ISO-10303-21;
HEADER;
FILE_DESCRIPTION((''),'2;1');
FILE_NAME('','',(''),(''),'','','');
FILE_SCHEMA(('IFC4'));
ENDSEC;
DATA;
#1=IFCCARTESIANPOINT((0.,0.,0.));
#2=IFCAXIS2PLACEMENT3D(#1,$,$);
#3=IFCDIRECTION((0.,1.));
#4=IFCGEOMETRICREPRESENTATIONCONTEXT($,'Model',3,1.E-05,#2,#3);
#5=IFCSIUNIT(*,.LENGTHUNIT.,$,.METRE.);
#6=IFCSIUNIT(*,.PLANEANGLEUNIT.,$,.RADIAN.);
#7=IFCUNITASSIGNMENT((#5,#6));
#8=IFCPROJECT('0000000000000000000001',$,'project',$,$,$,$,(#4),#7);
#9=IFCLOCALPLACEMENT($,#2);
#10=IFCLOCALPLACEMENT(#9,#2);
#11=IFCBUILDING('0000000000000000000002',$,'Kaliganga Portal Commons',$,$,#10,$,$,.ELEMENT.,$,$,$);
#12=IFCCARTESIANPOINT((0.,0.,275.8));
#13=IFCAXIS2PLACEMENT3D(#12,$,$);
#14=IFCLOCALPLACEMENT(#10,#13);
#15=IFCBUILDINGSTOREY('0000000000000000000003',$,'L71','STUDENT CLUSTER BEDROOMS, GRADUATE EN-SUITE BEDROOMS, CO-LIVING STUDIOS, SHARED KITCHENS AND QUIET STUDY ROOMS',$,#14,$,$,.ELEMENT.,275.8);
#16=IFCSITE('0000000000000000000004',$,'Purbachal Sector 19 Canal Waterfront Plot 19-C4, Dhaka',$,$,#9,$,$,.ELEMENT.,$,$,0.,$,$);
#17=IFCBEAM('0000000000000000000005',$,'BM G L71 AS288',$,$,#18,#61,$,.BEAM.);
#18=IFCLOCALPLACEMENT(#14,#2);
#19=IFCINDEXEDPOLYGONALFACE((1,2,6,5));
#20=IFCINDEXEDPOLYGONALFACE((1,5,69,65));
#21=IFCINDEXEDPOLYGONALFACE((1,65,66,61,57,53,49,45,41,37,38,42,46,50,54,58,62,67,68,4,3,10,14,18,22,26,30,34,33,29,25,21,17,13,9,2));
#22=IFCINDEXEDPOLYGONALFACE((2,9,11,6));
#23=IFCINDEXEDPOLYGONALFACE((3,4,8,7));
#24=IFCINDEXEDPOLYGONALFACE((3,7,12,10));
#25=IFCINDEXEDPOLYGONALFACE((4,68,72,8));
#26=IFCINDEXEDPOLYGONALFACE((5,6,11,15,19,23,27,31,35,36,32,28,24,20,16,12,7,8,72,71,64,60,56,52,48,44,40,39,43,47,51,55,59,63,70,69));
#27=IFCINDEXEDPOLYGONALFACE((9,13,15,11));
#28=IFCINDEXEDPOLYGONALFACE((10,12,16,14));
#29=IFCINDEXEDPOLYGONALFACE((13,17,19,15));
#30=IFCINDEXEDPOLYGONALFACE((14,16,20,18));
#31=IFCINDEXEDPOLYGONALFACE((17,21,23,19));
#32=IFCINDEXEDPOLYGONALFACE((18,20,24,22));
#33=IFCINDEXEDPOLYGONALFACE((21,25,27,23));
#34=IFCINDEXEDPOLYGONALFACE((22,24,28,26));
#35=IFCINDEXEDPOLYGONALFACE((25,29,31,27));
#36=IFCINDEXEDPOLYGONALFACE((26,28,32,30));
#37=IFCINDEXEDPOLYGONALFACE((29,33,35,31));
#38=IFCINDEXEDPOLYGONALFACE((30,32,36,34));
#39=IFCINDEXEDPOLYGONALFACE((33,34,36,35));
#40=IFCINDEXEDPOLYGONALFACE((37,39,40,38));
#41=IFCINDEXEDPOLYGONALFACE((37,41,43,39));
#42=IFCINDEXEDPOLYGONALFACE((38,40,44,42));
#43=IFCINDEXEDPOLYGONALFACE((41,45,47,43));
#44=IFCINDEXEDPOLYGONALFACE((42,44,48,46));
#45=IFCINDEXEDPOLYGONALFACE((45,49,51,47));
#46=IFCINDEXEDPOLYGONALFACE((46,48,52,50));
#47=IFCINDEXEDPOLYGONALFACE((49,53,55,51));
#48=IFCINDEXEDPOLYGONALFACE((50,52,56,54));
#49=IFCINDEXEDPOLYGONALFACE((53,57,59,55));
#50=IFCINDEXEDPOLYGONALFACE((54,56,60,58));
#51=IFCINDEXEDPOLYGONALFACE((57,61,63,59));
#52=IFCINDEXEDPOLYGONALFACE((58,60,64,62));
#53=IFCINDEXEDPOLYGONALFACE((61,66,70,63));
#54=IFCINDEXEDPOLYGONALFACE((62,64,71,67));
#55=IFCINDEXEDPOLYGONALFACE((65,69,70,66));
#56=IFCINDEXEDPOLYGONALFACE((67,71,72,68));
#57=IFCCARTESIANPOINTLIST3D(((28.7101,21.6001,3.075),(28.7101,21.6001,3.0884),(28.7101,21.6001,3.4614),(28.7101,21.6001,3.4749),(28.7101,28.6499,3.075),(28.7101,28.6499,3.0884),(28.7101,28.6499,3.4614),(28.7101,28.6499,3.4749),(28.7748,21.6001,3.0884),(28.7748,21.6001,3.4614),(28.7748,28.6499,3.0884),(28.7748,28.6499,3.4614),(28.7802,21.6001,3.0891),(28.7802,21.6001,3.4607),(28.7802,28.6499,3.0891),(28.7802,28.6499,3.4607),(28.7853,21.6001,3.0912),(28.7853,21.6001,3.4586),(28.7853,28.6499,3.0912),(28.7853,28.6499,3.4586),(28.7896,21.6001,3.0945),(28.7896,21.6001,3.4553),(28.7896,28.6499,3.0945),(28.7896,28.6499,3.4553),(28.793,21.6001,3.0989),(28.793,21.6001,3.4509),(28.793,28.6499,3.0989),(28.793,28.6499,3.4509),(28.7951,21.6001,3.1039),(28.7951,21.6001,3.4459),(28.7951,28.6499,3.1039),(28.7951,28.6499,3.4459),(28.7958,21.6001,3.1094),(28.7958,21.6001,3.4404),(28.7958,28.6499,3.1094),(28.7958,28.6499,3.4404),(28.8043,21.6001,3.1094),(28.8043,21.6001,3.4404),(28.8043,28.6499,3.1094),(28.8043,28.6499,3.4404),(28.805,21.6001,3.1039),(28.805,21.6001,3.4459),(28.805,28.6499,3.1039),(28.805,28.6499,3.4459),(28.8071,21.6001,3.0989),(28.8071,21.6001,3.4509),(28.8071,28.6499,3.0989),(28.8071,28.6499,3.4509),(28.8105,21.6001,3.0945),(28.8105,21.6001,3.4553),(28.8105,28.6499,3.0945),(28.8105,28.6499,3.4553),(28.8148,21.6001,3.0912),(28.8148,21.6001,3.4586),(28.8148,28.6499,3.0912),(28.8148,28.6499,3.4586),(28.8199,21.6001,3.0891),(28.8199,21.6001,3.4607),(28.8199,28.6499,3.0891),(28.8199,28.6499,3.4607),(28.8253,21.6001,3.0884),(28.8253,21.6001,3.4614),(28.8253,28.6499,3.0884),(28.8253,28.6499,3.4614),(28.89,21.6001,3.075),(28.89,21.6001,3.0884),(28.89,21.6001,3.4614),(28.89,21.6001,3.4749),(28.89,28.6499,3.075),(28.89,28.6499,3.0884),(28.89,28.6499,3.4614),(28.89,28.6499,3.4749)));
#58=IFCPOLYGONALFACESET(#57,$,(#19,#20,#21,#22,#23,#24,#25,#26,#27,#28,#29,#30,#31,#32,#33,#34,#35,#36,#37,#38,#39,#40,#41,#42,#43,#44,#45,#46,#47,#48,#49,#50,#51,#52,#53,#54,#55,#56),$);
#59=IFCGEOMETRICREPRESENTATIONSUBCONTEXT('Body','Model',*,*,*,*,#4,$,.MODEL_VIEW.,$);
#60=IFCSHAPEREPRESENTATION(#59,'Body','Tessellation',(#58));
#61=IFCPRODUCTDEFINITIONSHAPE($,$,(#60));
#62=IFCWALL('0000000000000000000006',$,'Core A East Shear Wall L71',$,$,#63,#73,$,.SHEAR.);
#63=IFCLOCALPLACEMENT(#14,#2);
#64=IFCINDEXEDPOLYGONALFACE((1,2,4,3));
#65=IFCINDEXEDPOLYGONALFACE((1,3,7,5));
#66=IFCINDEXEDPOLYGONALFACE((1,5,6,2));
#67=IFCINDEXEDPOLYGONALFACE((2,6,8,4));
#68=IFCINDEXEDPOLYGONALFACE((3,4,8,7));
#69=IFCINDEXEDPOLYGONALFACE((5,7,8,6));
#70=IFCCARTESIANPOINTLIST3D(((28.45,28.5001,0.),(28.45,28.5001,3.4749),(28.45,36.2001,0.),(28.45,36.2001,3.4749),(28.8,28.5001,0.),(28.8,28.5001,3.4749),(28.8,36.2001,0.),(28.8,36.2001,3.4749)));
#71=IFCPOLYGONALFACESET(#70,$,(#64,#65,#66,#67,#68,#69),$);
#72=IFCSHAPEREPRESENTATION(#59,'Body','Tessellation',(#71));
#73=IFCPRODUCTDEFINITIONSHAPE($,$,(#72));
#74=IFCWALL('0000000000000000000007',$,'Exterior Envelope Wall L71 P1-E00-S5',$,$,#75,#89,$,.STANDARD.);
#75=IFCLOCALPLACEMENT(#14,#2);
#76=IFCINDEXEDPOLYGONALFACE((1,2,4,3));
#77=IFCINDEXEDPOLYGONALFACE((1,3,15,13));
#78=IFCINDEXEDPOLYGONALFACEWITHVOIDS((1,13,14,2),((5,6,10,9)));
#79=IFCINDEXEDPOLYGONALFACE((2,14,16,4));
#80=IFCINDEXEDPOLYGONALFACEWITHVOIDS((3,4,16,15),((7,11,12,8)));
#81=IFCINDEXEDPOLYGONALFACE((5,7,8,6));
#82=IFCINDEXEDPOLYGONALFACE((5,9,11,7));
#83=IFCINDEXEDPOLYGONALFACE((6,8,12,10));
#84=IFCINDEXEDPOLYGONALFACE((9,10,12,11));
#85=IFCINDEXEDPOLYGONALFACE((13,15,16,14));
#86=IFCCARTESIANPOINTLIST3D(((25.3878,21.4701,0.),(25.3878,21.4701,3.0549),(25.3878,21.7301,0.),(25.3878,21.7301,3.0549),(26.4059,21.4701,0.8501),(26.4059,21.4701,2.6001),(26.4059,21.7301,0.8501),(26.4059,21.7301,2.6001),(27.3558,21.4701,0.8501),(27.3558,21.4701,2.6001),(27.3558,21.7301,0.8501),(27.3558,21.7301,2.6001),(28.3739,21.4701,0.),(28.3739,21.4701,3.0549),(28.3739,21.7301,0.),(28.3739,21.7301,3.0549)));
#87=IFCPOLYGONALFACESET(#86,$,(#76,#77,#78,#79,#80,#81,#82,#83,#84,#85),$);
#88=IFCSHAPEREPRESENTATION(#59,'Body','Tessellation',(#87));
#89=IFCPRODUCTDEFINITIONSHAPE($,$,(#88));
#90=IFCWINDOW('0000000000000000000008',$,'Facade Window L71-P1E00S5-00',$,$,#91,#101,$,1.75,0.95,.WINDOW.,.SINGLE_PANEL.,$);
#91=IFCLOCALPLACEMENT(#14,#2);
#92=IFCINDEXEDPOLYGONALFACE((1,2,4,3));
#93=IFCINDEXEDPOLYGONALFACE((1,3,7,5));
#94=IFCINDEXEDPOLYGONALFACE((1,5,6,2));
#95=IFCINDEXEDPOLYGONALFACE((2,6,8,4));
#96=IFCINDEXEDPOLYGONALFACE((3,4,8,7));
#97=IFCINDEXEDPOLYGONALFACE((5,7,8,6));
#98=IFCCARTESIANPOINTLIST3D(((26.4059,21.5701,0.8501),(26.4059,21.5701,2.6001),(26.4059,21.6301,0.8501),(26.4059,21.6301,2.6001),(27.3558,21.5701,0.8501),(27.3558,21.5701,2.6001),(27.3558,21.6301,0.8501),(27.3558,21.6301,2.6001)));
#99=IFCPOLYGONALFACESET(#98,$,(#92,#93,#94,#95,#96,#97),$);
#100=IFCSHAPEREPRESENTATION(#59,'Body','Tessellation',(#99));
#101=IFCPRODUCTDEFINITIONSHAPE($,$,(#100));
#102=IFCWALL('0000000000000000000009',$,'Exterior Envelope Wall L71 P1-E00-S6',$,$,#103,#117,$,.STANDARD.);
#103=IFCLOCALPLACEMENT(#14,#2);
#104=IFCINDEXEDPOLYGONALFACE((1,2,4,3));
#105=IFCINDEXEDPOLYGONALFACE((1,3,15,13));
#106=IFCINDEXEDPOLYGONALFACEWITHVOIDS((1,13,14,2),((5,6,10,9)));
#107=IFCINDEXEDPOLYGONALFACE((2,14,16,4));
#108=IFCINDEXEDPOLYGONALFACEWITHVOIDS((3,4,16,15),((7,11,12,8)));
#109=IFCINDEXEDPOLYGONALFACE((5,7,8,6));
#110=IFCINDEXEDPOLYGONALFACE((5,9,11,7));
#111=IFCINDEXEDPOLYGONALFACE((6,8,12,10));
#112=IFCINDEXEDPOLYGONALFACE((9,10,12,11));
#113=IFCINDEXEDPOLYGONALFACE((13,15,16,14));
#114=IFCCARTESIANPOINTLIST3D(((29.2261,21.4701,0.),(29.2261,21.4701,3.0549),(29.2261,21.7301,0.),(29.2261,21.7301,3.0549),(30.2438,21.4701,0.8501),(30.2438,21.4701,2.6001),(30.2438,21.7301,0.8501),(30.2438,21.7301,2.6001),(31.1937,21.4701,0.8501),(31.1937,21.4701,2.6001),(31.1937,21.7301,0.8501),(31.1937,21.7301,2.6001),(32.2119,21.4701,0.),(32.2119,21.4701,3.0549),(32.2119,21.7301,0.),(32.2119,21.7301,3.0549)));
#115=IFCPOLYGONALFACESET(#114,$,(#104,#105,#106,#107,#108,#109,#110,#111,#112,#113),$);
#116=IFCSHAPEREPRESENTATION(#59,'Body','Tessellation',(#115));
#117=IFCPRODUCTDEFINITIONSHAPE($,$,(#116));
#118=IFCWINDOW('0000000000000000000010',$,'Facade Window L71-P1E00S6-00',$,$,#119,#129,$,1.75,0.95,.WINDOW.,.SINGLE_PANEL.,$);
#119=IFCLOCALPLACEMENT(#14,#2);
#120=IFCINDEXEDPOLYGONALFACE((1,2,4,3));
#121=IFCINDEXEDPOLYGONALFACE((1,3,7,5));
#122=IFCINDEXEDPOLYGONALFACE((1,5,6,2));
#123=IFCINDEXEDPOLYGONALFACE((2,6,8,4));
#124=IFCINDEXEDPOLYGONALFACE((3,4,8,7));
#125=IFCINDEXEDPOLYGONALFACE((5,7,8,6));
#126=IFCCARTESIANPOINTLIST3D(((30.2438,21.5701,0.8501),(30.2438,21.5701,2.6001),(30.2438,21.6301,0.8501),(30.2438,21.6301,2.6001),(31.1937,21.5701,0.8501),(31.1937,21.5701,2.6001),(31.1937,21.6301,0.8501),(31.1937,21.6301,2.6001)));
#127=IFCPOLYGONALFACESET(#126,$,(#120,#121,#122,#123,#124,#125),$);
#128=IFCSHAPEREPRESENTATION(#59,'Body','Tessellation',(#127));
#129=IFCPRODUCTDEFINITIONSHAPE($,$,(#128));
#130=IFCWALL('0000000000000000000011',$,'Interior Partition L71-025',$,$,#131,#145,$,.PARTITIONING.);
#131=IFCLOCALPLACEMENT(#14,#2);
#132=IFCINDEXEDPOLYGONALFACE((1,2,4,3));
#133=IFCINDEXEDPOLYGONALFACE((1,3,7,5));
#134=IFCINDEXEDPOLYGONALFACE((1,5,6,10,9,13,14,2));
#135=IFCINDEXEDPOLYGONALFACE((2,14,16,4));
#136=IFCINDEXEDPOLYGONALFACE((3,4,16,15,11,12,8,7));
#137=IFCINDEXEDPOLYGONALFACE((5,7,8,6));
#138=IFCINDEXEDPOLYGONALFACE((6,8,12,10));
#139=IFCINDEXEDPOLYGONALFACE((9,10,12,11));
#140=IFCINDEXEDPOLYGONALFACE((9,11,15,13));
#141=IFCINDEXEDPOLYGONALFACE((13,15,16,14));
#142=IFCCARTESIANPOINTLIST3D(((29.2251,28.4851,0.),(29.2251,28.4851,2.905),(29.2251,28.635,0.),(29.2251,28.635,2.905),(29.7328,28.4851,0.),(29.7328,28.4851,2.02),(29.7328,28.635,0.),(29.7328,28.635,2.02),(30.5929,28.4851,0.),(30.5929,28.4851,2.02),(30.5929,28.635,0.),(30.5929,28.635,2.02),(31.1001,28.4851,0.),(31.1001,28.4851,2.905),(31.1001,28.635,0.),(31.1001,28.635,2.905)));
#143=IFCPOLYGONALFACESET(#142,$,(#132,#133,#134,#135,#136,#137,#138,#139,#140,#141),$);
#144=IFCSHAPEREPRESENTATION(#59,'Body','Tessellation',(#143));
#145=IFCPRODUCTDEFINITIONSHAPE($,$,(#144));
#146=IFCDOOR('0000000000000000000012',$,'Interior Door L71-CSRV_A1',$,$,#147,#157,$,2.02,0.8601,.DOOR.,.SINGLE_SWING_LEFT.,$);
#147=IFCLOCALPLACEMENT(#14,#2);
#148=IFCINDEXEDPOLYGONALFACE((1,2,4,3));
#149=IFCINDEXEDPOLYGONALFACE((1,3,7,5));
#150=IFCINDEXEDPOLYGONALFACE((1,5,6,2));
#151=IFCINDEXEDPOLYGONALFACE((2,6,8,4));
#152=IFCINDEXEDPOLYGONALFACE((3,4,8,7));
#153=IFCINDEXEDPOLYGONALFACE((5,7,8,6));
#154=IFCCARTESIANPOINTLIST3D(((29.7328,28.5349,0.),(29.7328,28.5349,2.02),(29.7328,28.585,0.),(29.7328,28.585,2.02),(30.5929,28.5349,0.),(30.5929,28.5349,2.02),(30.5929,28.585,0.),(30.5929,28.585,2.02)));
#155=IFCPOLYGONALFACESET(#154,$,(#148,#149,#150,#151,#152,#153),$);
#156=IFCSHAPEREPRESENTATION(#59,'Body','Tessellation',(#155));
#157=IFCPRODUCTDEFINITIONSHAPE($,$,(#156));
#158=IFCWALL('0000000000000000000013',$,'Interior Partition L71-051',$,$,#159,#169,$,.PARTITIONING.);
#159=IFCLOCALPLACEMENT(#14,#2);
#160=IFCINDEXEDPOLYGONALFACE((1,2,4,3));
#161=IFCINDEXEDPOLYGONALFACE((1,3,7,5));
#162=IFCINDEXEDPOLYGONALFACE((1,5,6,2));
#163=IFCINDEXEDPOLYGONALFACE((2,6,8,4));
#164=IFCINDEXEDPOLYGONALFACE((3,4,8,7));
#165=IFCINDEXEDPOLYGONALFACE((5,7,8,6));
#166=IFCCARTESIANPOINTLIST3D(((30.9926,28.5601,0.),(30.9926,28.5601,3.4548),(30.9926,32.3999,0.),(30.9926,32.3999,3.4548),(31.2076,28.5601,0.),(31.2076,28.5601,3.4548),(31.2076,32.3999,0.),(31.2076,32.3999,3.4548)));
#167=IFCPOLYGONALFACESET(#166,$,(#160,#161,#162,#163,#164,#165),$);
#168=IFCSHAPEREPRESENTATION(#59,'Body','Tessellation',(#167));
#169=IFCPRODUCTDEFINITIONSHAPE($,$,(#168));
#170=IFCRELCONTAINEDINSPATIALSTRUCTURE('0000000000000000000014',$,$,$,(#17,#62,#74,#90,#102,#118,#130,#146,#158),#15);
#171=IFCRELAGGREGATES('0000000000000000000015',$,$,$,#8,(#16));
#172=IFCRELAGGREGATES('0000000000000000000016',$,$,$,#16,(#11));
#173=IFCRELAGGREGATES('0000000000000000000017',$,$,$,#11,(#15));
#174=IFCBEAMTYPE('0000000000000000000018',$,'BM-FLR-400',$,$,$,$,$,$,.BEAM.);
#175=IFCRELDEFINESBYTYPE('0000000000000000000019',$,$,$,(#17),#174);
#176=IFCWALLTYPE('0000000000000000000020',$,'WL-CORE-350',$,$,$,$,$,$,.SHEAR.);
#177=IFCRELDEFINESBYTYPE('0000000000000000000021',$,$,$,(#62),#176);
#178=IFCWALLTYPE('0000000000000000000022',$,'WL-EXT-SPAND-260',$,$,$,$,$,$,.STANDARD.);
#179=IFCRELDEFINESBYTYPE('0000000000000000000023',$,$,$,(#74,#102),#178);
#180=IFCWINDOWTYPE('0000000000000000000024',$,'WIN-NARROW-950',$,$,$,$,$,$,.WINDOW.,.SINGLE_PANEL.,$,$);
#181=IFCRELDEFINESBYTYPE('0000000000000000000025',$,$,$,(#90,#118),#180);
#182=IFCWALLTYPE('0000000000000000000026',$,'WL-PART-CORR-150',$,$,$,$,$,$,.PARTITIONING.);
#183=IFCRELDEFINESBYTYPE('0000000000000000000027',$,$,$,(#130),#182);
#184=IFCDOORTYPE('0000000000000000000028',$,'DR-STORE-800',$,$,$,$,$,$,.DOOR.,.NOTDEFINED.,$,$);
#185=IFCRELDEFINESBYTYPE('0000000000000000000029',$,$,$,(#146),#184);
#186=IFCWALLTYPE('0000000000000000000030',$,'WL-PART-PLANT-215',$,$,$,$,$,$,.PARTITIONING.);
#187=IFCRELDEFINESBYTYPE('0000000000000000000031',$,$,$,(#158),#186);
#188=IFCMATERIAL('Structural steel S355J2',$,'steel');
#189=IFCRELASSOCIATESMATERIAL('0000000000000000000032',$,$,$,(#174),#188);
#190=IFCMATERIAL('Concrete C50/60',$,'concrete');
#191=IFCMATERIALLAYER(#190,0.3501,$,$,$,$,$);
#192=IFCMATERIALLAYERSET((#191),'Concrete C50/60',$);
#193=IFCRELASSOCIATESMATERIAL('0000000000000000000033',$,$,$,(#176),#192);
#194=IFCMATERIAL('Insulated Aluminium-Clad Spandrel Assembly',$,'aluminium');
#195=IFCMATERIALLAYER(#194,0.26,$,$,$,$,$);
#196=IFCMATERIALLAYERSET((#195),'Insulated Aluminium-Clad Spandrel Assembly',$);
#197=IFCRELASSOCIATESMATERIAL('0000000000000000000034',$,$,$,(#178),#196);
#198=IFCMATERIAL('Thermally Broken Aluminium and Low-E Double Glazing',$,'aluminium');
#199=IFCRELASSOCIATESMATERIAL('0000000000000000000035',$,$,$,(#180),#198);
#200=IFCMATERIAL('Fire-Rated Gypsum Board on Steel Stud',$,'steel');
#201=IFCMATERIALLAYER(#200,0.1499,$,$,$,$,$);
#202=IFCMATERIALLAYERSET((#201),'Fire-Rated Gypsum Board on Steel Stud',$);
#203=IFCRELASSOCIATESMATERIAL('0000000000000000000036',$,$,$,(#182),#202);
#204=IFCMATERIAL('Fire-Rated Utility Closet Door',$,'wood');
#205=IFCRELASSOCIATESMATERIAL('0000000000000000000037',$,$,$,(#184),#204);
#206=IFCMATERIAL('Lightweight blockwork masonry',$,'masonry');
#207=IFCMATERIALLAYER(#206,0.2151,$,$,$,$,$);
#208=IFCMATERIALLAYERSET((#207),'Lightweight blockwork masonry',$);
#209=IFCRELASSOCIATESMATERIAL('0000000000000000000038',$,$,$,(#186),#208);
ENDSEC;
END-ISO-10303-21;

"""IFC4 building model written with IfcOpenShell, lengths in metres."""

from ifc_helpers import new_model, si_unit, direction, frame, frame_2d, origin, origin_2d, place, context, subcontext, project, spatial, rectangle, i_section, extrude, source, transform, mapped, material, layer, layer_set, material_profile, profile_set, type_object, element, fill, save


model = new_model("IFC4")

# Units and contexts
model_context = context("Model", 3, precision=1e-05, world=origin(), true_north=direction((0.0, 1.0)))
body_context = subcontext(model_context, "Body", "Model", "MODEL_VIEW")
ifc_project = project(units=[si_unit("LENGTHUNIT", "METRE"), si_unit("PLANEANGLEUNIT", "RADIAN")], contexts=[model_context])

# Site, building, storey
site_placement = place(None, origin())
site = spatial("IfcSite", under=ifc_project, at=site_placement, Name="Purbachal Sector 19 Canal Waterfront Plot 19-C4, Dhaka", CompositionType="ELEMENT", RefElevation=0.0)
building_placement = place(site_placement, origin())
building = spatial("IfcBuilding", under=site, at=building_placement, Name="Kaliganga Portal Commons", CompositionType="ELEMENT")
storey_placement = place(building_placement, frame((0.0, 0.0, 275.8)))
storey = spatial("IfcBuildingStorey", under=building, at=storey_placement, Name="L71", Description="STUDENT CLUSTER BEDROOMS, GRADUATE EN-SUITE BEDROOMS, CO-LIVING STUDIOS, SHARED KITCHENS AND QUIET STUDY ROOMS", CompositionType="ELEMENT", Elevation=275.8)

# Shared definitions
ifc_material_1 = material(Name="Concrete C50/60", Category="concrete")

# Beam
ifc_material_2 = material(Name="Structural steel S355J2", Category="steel")
ifc_material_profile_1 = material_profile(ifc_material_2, i_section(OverallWidth=0.1799, OverallDepth=0.3999, WebThickness=0.0085, FlangeThickness=0.0134, FilletRadius=0.021, at=origin_2d()), Name="IPE 400")
ifc_profile_set_1 = profile_set([ifc_material_profile_1], Name="Structural steel S355J2 wide-flange")
beam_type_1 = type_object("IfcBeamType", Name="BM-FLR-400", PredefinedType="BEAM", material=ifc_profile_set_1)
shared_shape_1 = source(origin(), body_context, "Body", "SweptSolid", [
    extrude(i_section(OverallWidth=0.1799, OverallDepth=0.3999, WebThickness=0.0085, FlangeThickness=0.0134, FilletRadius=0.021, at=origin_2d()), origin(), (0.0, 0.0, 1.0), 7.0498),
])
beam_1_placement = place(storey_placement, frame((28.8, 21.6001, 3.2749), z_axis=(0.0, 1.0, 0.0), x_axis=(-1.0, 0.0, 0.0)))
element("IfcBeam", 1, at=beam_1_placement, inside=storey, type_object=beam_type_1, Name="BM G L71 AS288", PredefinedType="BEAM", context=body_context, shape_type="MappedRepresentation", body=[
    mapped(shared_shape_1, transform((0.0, 0.0, 0.0), x_axis=(1.0, 0.0, 0.0), y_axis=(0.0, 1.0, 0.0), z_axis=(0.0, 0.0, 1.0), scale=1.0)),
])

# Wall
ifc_layer_1 = layer(ifc_material_1, 0.3501)
ifc_layer_set_1 = layer_set([ifc_layer_1], Name="Concrete C50/60")
wall_type_1 = type_object("IfcWallType", Name="WL-CORE-350", PredefinedType="SHEAR", material=ifc_layer_set_1)
wall_1_placement = place(storey_placement, frame((28.625, 28.5, 0.0), z_axis=(0.0, 0.0, 1.0), x_axis=(0.0, 1.0, 0.0)))
element("IfcWall", 2, at=wall_1_placement, inside=storey, type_object=wall_type_1, Name="Core A East Shear Wall L71", PredefinedType="SHEAR", context=body_context, shape_type="SweptSolid", body=[
    extrude(rectangle(XDim=7.7, YDim=0.3501, at=frame_2d((3.8501, 0.0))), origin(), (0.0, 0.0, 1.0), 3.4749),
])

# Walls, openings, windows
ifc_material_3 = material(Name="Insulated Aluminium-Clad Spandrel Assembly", Category="aluminium")
ifc_layer_2 = layer(ifc_material_3, 0.26)
ifc_layer_set_2 = layer_set([ifc_layer_2], Name="Insulated Aluminium-Clad Spandrel Assembly")
wall_type_2 = type_object("IfcWallType", Name="WL-EXT-SPAND-260", PredefinedType="STANDARD", material=ifc_layer_set_2)
wall_2_placement = place(storey_placement, frame((28.374, 21.6001, 0.0), z_axis=(0.0, 0.0, 1.0), x_axis=(-1.0, 0.0, 0.0)))
wall_2 = element("IfcWall", 3, at=wall_2_placement, inside=storey, type_object=wall_type_2, Name="Exterior Envelope Wall L71 P1-E00-S5", PredefinedType="STANDARD", context=body_context, shape_type="SweptSolid", body=[
    extrude(rectangle(XDim=2.9861, YDim=0.26, at=frame_2d((1.4932, 0.0))), origin(), (0.0, 0.0, 1.0), 3.0549),
])
opening_1_placement = place(wall_2_placement, frame((1.0181, 0.0, 0.8501)))
opening_1 = element("IfcOpeningElement", 4, at=opening_1_placement, cuts=wall_2, PredefinedType="OPENING", context=body_context, shape_type="SweptSolid", body=[
    extrude(rectangle(XDim=0.95, YDim=1.75, at=frame_2d((0.4751, 0.875))), frame((0.0, 0.1401, 0.0), z_axis=(0.0, -1.0, 0.0), x_axis=(1.0, 0.0, 0.0)), (0.0, 0.0, 1.0), 0.28),
])
ifc_material_4 = material(Name="Thermally Broken Aluminium and Low-E Double Glazing", Category="aluminium")
window_type = type_object("IfcWindowType", Name="WIN-NARROW-950", PartitioningType="SINGLE_PANEL", PredefinedType="WINDOW", material=ifc_material_4)
window_1_placement = place(opening_1_placement, origin())
window_1 = element("IfcWindow", 5, at=window_1_placement, inside=storey, type_object=window_type, Name="Facade Window L71-P1E00S5-00", OverallHeight=1.75, OverallWidth=0.95, PartitioningType="SINGLE_PANEL", PredefinedType="WINDOW", context=body_context, shape_type="SweptSolid", body=[
    extrude(rectangle(XDim=0.95, YDim=1.75, at=frame_2d((0.4751, 0.875))), frame((0.0, 0.03, 0.0), z_axis=(0.0, -1.0, 0.0), x_axis=(1.0, 0.0, 0.0)), (0.0, 0.0, 1.0), 0.0601),
])
fill(opening_1, window_1)
wall_3_placement = place(storey_placement, frame((32.2119, 21.6001, 0.0), z_axis=(0.0, 0.0, 1.0), x_axis=(-1.0, 0.0, 0.0)))
wall_3 = element("IfcWall", 6, at=wall_3_placement, inside=storey, type_object=wall_type_2, Name="Exterior Envelope Wall L71 P1-E00-S6", PredefinedType="STANDARD", context=body_context, shape_type="SweptSolid", body=[
    extrude(rectangle(XDim=2.9858, YDim=0.26, at=frame_2d((1.4929, 0.0))), origin(), (0.0, 0.0, 1.0), 3.0549),
])
opening_2_placement = place(wall_3_placement, frame((1.0181, 0.0, 0.8501)))
opening_2 = element("IfcOpeningElement", 7, at=opening_2_placement, cuts=wall_3, PredefinedType="OPENING", context=body_context, shape_type="SweptSolid", body=[
    extrude(rectangle(XDim=0.95, YDim=1.75, at=frame_2d((0.4751, 0.875))), frame((0.0, 0.1401, 0.0), z_axis=(0.0, -1.0, 0.0), x_axis=(1.0, 0.0, 0.0)), (0.0, 0.0, 1.0), 0.28),
])
window_2_placement = place(opening_2_placement, origin())
window_2 = element("IfcWindow", 8, at=window_2_placement, inside=storey, type_object=window_type, Name="Facade Window L71-P1E00S6-00", OverallHeight=1.75, OverallWidth=0.95, PartitioningType="SINGLE_PANEL", PredefinedType="WINDOW", context=body_context, shape_type="SweptSolid", body=[
    extrude(rectangle(XDim=0.95, YDim=1.75, at=frame_2d((0.4751, 0.875))), frame((0.0, 0.03, 0.0), z_axis=(0.0, -1.0, 0.0), x_axis=(1.0, 0.0, 0.0)), (0.0, 0.0, 1.0), 0.0601),
])
fill(opening_2, window_2)

# Wall, opening, door
ifc_material_5 = material(Name="Fire-Rated Gypsum Board on Steel Stud", Category="steel")
ifc_layer_3 = layer(ifc_material_5, 0.1499)
ifc_layer_set_3 = layer_set([ifc_layer_3], Name="Fire-Rated Gypsum Board on Steel Stud")
wall_type_3 = type_object("IfcWallType", Name="WL-PART-CORR-150", PredefinedType="PARTITIONING", material=ifc_layer_set_3)
wall_4_placement = place(storey_placement, frame((29.2251, 28.5601, 0.0), z_axis=(0.0, 0.0, 1.0), x_axis=(1.0, 0.0, 0.0)))
wall_4 = element("IfcWall", 9, at=wall_4_placement, inside=storey, type_object=wall_type_3, Name="Interior Partition L71-025", PredefinedType="PARTITIONING", context=body_context, shape_type="SweptSolid", body=[
    extrude(rectangle(XDim=1.875, YDim=0.1499, at=frame_2d((0.9375, 0.0))), origin(), (0.0, 0.0, 1.0), 2.905),
])
opening_3_placement = place(wall_4_placement, frame((0.5076, 0.0, 0.0)))
opening_3 = element("IfcOpeningElement", 10, at=opening_3_placement, cuts=wall_4, PredefinedType="OPENING", context=body_context, shape_type="SweptSolid", body=[
    extrude(rectangle(XDim=0.8601, YDim=2.02, at=frame_2d((0.4302, 1.01))), frame((0.0, 0.085, 0.0), z_axis=(0.0, -1.0, 0.0), x_axis=(1.0, 0.0, 0.0)), (0.0, 0.0, 1.0), 0.1699),
])
ifc_material_6 = material(Name="Fire-Rated Utility Closet Door", Category="wood")
door_type_1 = type_object("IfcDoorType", Name="DR-STORE-800", OperationType="NOTDEFINED", PredefinedType="DOOR", material=ifc_material_6)
door_1_placement = place(opening_3_placement, origin())
door_1 = element("IfcDoor", 11, at=door_1_placement, inside=storey, type_object=door_type_1, Name="Interior Door L71-CSRV_A1", OperationType="SINGLE_SWING_LEFT", OverallHeight=2.02, OverallWidth=0.8601, PredefinedType="DOOR", context=body_context, shape_type="SweptSolid", body=[
    extrude(rectangle(XDim=0.8601, YDim=2.02, at=frame_2d((0.4302, 1.01))), frame((0.0, 0.0249, 0.0), z_axis=(0.0, -1.0, 0.0), x_axis=(1.0, 0.0, 0.0)), (0.0, 0.0, 1.0), 0.05),
])
fill(opening_3, door_1)
ifc_material_7 = material(Name="Lightweight blockwork masonry", Category="masonry")
ifc_layer_4 = layer(ifc_material_7, 0.2151)
ifc_layer_set_4 = layer_set([ifc_layer_4], Name="Lightweight blockwork masonry")
wall_type_4 = type_object("IfcWallType", Name="WL-PART-PLANT-215", PredefinedType="PARTITIONING", material=ifc_layer_set_4)

# Wall
wall_5_placement = place(storey_placement, frame((31.1001, 28.5601, 0.0), z_axis=(0.0, 0.0, 1.0), x_axis=(0.0, 1.0, 0.0)))
element("IfcWall", 12, at=wall_5_placement, inside=storey, type_object=wall_type_4, Name="Interior Partition L71-051", PredefinedType="PARTITIONING", context=body_context, shape_type="SweptSolid", body=[
    extrude(rectangle(XDim=3.8398, YDim=0.2151, at=frame_2d((1.9199, 0.0))), origin(), (0.0, 0.0, 1.0), 3.4548),
])

save(model, "model.ifc")
